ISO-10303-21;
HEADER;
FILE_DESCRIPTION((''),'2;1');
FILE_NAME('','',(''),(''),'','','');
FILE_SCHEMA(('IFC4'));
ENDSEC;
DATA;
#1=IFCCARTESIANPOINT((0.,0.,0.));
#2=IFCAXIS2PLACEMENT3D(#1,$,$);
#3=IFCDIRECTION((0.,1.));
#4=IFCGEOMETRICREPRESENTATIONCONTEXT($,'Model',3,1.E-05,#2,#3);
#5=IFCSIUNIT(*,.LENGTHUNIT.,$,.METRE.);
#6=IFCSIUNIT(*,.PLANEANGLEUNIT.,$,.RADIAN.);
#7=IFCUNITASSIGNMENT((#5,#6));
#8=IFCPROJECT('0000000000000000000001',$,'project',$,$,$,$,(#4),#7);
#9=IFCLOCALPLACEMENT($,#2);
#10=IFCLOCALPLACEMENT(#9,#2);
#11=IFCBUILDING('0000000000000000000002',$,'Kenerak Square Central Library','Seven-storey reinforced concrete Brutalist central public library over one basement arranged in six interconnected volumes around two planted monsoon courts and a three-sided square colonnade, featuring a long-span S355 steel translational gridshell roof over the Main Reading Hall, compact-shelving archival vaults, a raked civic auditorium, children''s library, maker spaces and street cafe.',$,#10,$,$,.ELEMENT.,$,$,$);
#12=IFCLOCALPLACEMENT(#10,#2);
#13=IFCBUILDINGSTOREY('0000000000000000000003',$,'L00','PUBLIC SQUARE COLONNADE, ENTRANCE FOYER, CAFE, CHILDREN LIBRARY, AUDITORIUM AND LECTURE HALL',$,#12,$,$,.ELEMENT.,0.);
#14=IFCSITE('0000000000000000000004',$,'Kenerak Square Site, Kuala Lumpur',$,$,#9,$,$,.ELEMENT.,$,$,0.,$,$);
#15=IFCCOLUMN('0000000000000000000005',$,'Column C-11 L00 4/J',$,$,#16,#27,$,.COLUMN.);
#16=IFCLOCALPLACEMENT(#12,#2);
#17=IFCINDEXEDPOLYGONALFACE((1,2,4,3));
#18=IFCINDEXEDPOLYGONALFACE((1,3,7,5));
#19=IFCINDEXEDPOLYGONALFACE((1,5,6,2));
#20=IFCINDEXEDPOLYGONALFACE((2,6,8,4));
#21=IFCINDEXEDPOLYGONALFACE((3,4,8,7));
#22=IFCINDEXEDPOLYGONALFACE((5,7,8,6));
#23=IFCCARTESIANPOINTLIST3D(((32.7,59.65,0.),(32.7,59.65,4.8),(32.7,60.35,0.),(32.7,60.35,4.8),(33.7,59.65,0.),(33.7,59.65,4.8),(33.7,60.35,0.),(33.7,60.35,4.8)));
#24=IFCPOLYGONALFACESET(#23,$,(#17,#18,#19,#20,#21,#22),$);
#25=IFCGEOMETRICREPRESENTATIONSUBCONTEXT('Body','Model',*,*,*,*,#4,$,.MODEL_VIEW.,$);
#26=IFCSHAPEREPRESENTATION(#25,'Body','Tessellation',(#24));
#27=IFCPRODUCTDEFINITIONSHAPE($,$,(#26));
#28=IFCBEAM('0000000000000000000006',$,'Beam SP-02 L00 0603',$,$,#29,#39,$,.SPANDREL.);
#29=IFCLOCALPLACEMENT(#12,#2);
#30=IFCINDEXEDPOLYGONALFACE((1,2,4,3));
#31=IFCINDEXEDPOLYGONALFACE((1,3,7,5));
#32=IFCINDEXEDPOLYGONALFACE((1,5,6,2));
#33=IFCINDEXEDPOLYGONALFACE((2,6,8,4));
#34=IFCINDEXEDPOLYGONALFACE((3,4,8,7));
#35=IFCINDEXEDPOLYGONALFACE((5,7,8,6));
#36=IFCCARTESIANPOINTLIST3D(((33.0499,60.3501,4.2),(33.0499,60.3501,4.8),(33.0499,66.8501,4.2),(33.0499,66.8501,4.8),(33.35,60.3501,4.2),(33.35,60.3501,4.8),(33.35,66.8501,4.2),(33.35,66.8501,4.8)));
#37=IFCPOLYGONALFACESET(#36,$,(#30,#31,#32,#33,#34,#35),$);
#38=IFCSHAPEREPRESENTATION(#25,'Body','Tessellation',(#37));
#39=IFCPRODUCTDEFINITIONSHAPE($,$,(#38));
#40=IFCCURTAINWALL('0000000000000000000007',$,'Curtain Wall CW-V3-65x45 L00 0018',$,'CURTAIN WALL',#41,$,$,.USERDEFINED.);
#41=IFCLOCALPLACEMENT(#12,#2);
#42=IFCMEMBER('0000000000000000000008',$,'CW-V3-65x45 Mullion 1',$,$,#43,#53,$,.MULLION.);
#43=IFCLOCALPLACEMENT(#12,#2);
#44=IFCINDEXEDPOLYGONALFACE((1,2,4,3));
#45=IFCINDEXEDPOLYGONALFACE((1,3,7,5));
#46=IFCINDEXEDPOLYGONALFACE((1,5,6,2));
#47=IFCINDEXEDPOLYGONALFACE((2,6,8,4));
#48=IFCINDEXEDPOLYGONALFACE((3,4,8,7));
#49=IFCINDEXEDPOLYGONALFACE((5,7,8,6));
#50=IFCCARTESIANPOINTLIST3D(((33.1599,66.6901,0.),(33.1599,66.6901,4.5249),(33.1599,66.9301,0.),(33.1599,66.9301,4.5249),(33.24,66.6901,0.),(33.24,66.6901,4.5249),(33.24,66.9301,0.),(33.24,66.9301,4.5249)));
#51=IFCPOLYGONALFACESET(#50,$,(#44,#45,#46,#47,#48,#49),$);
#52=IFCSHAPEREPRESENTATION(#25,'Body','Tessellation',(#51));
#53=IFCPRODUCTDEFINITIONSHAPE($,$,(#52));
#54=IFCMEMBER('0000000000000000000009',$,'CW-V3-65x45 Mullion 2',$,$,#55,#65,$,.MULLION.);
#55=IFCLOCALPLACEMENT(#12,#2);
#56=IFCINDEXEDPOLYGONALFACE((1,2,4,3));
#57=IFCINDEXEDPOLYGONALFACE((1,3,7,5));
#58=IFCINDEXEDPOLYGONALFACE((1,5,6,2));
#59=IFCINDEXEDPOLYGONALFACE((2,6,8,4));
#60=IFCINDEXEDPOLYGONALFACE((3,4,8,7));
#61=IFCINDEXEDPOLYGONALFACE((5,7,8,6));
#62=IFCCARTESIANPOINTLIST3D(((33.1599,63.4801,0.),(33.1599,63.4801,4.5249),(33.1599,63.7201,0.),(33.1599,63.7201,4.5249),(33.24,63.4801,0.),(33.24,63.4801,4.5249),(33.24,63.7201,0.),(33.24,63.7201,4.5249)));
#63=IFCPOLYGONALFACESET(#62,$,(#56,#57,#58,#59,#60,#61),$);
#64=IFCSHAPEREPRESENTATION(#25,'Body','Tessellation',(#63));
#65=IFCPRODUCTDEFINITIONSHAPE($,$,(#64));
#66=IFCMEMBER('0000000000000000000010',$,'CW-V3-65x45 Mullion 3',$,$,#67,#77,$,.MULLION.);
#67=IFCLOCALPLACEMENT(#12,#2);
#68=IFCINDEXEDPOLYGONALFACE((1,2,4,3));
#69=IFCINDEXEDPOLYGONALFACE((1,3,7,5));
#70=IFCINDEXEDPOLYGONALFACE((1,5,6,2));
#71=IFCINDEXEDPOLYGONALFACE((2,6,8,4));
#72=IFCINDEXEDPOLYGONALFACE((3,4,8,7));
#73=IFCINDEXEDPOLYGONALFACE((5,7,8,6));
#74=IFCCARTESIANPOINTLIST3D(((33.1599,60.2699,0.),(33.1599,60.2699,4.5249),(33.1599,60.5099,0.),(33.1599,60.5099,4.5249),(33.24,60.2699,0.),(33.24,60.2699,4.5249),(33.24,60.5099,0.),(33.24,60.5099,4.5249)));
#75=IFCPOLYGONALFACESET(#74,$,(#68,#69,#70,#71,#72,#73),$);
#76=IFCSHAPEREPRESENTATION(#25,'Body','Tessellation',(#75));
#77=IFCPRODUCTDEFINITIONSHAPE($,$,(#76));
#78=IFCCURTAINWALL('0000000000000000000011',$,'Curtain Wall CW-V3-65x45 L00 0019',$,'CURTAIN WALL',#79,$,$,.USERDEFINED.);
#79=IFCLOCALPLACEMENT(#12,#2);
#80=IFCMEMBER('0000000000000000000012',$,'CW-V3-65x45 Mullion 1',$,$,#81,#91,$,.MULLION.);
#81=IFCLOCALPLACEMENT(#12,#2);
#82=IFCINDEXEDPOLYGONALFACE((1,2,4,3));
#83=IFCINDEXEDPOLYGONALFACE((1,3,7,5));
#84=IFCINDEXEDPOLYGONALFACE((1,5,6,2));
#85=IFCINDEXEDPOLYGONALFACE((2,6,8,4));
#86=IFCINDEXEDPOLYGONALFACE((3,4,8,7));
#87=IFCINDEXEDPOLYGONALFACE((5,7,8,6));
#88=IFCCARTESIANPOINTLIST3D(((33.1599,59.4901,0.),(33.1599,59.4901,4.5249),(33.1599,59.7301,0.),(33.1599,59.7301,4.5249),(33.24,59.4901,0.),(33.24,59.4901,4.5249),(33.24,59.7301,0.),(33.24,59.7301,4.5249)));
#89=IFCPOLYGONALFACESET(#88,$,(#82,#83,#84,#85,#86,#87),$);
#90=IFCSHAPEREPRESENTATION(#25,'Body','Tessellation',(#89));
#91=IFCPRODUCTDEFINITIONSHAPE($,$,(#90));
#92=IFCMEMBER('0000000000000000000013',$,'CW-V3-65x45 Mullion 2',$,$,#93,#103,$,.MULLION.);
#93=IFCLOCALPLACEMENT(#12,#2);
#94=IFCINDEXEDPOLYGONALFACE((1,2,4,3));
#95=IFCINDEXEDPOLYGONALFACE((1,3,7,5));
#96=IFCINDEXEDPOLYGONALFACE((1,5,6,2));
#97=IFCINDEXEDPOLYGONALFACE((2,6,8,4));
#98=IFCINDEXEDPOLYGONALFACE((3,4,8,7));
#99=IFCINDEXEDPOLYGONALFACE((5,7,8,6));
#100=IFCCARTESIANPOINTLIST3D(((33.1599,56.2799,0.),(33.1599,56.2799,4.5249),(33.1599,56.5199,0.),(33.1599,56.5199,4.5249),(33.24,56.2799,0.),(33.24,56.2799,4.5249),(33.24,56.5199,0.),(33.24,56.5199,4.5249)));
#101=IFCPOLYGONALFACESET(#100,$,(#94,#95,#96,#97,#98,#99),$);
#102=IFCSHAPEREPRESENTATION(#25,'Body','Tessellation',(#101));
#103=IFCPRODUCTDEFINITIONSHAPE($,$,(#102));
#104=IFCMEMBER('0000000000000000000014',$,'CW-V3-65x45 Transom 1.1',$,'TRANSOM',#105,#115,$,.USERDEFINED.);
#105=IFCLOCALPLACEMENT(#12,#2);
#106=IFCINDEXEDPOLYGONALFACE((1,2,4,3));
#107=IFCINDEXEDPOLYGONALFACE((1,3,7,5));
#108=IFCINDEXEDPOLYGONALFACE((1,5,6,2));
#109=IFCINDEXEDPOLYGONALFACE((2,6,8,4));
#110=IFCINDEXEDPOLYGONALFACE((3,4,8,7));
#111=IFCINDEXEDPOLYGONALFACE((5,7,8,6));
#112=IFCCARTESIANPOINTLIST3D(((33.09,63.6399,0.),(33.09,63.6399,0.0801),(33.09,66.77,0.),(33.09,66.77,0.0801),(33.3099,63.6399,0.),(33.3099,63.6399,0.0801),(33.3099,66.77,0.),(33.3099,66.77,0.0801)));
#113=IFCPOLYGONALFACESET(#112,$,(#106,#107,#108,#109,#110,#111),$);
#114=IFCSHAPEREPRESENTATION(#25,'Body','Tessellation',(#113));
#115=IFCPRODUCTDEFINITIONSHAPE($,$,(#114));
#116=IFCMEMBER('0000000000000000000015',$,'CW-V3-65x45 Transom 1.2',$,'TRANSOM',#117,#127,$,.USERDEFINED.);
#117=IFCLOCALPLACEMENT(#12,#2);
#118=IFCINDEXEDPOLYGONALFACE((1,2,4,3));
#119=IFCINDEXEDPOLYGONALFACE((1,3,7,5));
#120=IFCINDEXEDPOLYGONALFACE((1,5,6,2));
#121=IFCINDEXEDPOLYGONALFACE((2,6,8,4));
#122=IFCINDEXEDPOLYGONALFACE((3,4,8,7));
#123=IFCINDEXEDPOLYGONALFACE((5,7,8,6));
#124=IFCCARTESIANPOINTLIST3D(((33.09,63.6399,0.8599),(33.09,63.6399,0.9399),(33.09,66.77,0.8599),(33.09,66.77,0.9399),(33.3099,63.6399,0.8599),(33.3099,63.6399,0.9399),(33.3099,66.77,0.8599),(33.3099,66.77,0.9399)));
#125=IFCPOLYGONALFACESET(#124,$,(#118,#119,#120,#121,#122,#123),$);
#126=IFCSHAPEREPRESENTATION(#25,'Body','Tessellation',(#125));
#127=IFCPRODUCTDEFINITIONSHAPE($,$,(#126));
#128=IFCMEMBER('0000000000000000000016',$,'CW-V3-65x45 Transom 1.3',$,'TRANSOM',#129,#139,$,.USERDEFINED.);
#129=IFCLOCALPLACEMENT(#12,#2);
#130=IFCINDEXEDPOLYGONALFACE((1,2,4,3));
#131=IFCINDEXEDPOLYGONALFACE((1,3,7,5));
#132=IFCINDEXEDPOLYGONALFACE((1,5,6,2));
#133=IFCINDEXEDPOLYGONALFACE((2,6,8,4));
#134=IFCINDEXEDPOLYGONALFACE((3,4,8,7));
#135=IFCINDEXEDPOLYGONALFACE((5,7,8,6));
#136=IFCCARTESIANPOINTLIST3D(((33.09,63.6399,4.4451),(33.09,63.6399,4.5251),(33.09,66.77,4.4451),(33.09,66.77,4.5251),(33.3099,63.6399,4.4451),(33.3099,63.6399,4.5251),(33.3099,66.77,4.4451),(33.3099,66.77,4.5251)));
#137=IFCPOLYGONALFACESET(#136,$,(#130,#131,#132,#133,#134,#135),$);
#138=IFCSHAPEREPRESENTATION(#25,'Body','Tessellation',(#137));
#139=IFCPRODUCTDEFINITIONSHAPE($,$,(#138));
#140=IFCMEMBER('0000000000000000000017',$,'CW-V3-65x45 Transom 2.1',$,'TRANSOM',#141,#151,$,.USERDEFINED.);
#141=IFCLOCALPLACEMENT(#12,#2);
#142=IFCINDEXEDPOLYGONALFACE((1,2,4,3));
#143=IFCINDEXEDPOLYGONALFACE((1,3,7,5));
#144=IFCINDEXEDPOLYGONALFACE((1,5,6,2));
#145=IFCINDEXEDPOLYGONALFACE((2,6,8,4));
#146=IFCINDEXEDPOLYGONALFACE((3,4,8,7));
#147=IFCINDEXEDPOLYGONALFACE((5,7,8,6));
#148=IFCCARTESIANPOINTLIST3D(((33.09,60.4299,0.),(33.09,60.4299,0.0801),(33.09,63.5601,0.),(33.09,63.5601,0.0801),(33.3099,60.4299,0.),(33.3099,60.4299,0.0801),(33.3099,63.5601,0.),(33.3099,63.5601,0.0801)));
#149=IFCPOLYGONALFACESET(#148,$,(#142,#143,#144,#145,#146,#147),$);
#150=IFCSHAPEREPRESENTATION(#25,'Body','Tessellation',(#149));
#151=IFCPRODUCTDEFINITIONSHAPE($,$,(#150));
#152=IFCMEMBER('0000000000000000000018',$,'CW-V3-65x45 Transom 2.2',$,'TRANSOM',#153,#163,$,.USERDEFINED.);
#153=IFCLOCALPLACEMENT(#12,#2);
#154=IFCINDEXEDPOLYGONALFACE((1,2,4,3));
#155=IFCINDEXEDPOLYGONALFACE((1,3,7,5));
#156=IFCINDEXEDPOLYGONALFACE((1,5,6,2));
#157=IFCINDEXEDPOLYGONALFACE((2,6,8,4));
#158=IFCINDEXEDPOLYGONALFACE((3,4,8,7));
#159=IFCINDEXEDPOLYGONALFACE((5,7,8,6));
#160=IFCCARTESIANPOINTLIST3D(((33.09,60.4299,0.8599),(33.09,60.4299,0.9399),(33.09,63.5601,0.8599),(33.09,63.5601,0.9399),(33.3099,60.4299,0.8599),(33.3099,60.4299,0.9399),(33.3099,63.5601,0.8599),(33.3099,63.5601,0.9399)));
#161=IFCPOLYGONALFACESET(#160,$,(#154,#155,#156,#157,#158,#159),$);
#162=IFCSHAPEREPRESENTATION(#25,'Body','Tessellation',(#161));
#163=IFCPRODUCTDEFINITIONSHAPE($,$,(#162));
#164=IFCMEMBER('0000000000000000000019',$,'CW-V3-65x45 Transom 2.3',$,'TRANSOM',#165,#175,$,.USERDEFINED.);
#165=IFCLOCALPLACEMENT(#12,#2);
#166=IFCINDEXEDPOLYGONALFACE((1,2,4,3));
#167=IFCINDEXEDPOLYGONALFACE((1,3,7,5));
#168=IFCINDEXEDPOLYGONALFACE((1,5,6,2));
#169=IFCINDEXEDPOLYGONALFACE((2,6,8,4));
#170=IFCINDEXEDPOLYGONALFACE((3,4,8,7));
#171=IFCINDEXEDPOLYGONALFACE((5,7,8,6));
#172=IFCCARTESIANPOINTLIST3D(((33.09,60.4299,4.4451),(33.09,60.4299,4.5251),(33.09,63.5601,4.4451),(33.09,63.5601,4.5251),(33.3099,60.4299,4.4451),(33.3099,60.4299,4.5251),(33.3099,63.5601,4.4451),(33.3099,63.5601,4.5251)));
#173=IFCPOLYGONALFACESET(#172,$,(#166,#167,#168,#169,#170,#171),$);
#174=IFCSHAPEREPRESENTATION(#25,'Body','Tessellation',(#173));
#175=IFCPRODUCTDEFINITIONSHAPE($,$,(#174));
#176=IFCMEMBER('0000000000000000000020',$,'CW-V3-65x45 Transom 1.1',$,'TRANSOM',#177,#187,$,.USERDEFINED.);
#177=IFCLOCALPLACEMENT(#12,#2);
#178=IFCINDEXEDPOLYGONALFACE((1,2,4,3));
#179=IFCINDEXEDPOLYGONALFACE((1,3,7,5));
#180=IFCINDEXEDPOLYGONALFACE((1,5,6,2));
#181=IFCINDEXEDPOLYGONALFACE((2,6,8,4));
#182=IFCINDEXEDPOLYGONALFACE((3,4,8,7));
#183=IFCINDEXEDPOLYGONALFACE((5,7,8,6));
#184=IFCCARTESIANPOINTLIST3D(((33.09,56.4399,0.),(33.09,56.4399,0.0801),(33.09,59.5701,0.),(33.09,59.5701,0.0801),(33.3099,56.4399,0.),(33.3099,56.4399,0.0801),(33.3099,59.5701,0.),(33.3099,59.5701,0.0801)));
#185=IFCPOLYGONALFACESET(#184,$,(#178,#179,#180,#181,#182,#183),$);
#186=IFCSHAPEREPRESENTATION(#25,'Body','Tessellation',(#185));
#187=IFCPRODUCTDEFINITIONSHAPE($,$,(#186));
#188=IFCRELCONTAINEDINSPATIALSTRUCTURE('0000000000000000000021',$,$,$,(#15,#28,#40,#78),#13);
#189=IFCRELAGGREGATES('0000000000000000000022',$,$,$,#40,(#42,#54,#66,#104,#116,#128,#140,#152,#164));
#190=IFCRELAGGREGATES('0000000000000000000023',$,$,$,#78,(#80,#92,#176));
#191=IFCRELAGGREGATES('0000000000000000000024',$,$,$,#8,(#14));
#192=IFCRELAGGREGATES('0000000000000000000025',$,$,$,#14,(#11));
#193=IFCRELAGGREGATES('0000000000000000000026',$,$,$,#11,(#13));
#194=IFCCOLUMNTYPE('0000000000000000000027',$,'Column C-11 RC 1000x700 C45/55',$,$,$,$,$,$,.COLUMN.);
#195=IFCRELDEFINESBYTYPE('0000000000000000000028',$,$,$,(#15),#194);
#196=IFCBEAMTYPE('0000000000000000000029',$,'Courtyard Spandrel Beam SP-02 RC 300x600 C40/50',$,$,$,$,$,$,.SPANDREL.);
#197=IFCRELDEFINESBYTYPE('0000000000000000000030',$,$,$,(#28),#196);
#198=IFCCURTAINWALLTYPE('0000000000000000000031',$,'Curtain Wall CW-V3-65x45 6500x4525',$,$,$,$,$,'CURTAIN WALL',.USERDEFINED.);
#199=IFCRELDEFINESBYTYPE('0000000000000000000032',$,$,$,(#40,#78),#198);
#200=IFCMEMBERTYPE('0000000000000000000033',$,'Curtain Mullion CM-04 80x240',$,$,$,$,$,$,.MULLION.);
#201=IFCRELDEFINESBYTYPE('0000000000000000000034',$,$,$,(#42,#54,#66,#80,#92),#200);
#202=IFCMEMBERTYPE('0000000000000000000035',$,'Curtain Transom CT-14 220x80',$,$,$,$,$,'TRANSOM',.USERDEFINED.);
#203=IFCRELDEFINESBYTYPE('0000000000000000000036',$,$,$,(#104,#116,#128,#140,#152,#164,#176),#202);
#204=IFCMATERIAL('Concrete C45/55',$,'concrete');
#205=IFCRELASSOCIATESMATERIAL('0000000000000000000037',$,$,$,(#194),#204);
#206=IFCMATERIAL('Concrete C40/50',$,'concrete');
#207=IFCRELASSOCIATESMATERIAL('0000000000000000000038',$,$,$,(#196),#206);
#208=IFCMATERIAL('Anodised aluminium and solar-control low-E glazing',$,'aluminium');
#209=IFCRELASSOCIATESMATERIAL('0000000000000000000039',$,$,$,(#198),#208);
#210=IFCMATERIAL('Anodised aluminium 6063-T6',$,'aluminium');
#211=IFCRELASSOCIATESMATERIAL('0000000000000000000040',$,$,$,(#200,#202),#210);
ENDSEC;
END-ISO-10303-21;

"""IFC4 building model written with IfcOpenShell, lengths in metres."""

from ifc_helpers import new_model, si_unit, direction, frame, origin, origin_2d, place, context, subcontext, project, spatial, rectangle, extrude, material, material_profile, profile_set, type_object, element, aggregate, save


model = new_model("IFC4")

# Units and contexts
model_context = context("Model", 3, precision=1e-05, world=origin(), true_north=direction((0.0, 1.0)))
body_context = subcontext(model_context, "Body", "Model", "MODEL_VIEW")
ifc_project = project(units=[si_unit("LENGTHUNIT", "METRE"), si_unit("PLANEANGLEUNIT", "RADIAN")], contexts=[model_context])

# Site, building, storey
site_placement = place(None, origin())
site = spatial("IfcSite", under=ifc_project, at=site_placement, Name="Kenerak Square Site, Kuala Lumpur", CompositionType="ELEMENT", RefElevation=0.0)
building_placement = place(site_placement, origin())
building = spatial("IfcBuilding", under=site, at=building_placement, Name="Kenerak Square Central Library", Description="Seven-storey reinforced concrete Brutalist central public library over one basement arranged in six interconnected volumes around two planted monsoon courts and a three-sided square colonnade, featuring a long-span S355 steel translational gridshell roof over the Main Reading Hall, compact-shelving archival vaults, a raked civic auditorium, children's library, maker spaces and street cafe.", CompositionType="ELEMENT")
storey_placement = place(building_placement, origin())
storey = spatial("IfcBuildingStorey", under=building, at=storey_placement, Name="L00", Description="PUBLIC SQUARE COLONNADE, ENTRANCE FOYER, CAFE, CHILDREN LIBRARY, AUDITORIUM AND LECTURE HALL", CompositionType="ELEMENT", Elevation=0.0)

# Column
ifc_material_1 = material(Name="Concrete C45/55", Category="concrete")
ifc_material_profile_1 = material_profile(ifc_material_1, rectangle(XDim=1.0, YDim=0.7, at=origin_2d()), Name="RC 1000x700")
ifc_profile_set_1 = profile_set([ifc_material_profile_1], Name="Concrete C45/55")
column_type = type_object("IfcColumnType", Name="Column C-11 RC 1000x700 C45/55", PredefinedType="COLUMN", material=ifc_profile_set_1)
column_placement = place(storey_placement, frame((33.2, 60.0, 0.0), z_axis=(0.0, 0.0, 1.0), x_axis=(1.0, 0.0, 0.0)))
element("IfcColumn", 1, at=column_placement, inside=storey, type_object=column_type, Name="Column C-11 L00 4/J", PredefinedType="COLUMN", context=body_context, shape_type="SweptSolid", body=[
    extrude(rectangle(XDim=1.0, YDim=0.7, at=origin_2d()), origin(), (0.0, 0.0, 1.0), 4.8),
])

# Beam
ifc_material_2 = material(Name="Concrete C40/50", Category="concrete")
ifc_material_profile_2 = material_profile(ifc_material_2, rectangle(XDim=0.3, YDim=0.6001, at=origin_2d()), Name="RC 300x600")
ifc_profile_set_2 = profile_set([ifc_material_profile_2], Name="Concrete C40/50")
beam_type = type_object("IfcBeamType", Name="Courtyard Spandrel Beam SP-02 RC 300x600 C40/50", PredefinedType="SPANDREL", material=ifc_profile_set_2)
beam_placement = place(storey_placement, frame((33.2, 60.3501, 4.5), z_axis=(0.0, 1.0, 0.0), x_axis=(-1.0, 0.0, 0.0)))
element("IfcBeam", 2, at=beam_placement, inside=storey, type_object=beam_type, Name="Beam SP-02 L00 0603", PredefinedType="SPANDREL", context=body_context, shape_type="SweptSolid", body=[
    extrude(rectangle(XDim=0.3, YDim=0.6001, at=origin_2d()), origin(), (0.0, 0.0, 1.0), 6.5),
])

# Curtain walls, members
ifc_material_3 = material(Name="Anodised aluminium and solar-control low-E glazing", Category="aluminium")
curtain_wall_type = type_object("IfcCurtainWallType", Name="Curtain Wall CW-V3-65x45 6500x4525", ElementType="CURTAIN WALL", PredefinedType="USERDEFINED", material=ifc_material_3)
curtain_wall_1_placement = place(storey_placement, origin())
curtain_wall_1 = element("IfcCurtainWall", 3, at=curtain_wall_1_placement, inside=storey, type_object=curtain_wall_type, Name="Curtain Wall CW-V3-65x45 L00 0018", ObjectType="CURTAIN WALL", PredefinedType="USERDEFINED")
ifc_material_4 = material(Name="Anodised aluminium 6063-T6", Category="aluminium")
ifc_material_profile_3 = material_profile(ifc_material_4, rectangle(XDim=0.0801, YDim=0.24, at=origin_2d()), Name="AL MULLION 80x240")
ifc_profile_set_3 = profile_set([ifc_material_profile_3], Name="Anodised aluminium 6063-T6")
member_type_1 = type_object("IfcMemberType", Name="Curtain Mullion CM-04 80x240", PredefinedType="MULLION", material=ifc_profile_set_3)
member_1_placement = place(storey_placement, frame((33.2, 66.8101, 0.0), z_axis=(0.0, 0.0, 1.0), x_axis=(1.0, 0.0, 0.0)))
member_1 = element("IfcMember", 4, at=member_1_placement, type_object=member_type_1, Name="CW-V3-65x45 Mullion 1", PredefinedType="MULLION", context=body_context, shape_type="SweptSolid", body=[
    extrude(rectangle(XDim=0.0801, YDim=0.24, at=origin_2d()), origin(), (0.0, 0.0, 1.0), 4.5249),
])
member_2_placement = place(storey_placement, frame((33.2, 63.6001, 0.0), z_axis=(0.0, 0.0, 1.0), x_axis=(1.0, 0.0, 0.0)))
member_2 = element("IfcMember", 5, at=member_2_placement, type_object=member_type_1, Name="CW-V3-65x45 Mullion 2", PredefinedType="MULLION", context=body_context, shape_type="SweptSolid", body=[
    extrude(rectangle(XDim=0.0801, YDim=0.24, at=origin_2d()), origin(), (0.0, 0.0, 1.0), 4.5249),
])
member_3_placement = place(storey_placement, frame((33.2, 60.3899, 0.0), z_axis=(0.0, 0.0, 1.0), x_axis=(1.0, 0.0, 0.0)))
member_3 = element("IfcMember", 6, at=member_3_placement, type_object=member_type_1, Name="CW-V3-65x45 Mullion 3", PredefinedType="MULLION", context=body_context, shape_type="SweptSolid", body=[
    extrude(rectangle(XDim=0.0801, YDim=0.24, at=origin_2d()), origin(), (0.0, 0.0, 1.0), 4.5249),
])
curtain_wall_2_placement = place(storey_placement, origin())
curtain_wall_2 = element("IfcCurtainWall", 7, at=curtain_wall_2_placement, inside=storey, type_object=curtain_wall_type, Name="Curtain Wall CW-V3-65x45 L00 0019", ObjectType="CURTAIN WALL", PredefinedType="USERDEFINED")
member_4_placement = place(storey_placement, frame((33.2, 59.6101, 0.0), z_axis=(0.0, 0.0, 1.0), x_axis=(1.0, 0.0, 0.0)))
member_4 = element("IfcMember", 8, at=member_4_placement, type_object=member_type_1, Name="CW-V3-65x45 Mullion 1", PredefinedType="MULLION", context=body_context, shape_type="SweptSolid", body=[
    extrude(rectangle(XDim=0.0801, YDim=0.24, at=origin_2d()), origin(), (0.0, 0.0, 1.0), 4.5249),
])
member_5_placement = place(storey_placement, frame((33.2, 56.3999, 0.0), z_axis=(0.0, 0.0, 1.0), x_axis=(1.0, 0.0, 0.0)))
member_5 = element("IfcMember", 9, at=member_5_placement, type_object=member_type_1, Name="CW-V3-65x45 Mullion 2", PredefinedType="MULLION", context=body_context, shape_type="SweptSolid", body=[
    extrude(rectangle(XDim=0.0801, YDim=0.24, at=origin_2d()), origin(), (0.0, 0.0, 1.0), 4.5249),
])

# Members
ifc_material_profile_4 = material_profile(ifc_material_4, rectangle(XDim=0.22, YDim=0.0801, at=origin_2d()), Name="AL TRANSOM 220x80")
ifc_profile_set_4 = profile_set([ifc_material_profile_4], Name="Anodised aluminium 6063-T6")
member_type_2 = type_object("IfcMemberType", Name="Curtain Transom CT-14 220x80", ElementType="TRANSOM", PredefinedType="USERDEFINED", material=ifc_profile_set_4)
member_6_placement = place(storey_placement, frame((33.2, 66.77, 0.04), z_axis=(0.0, -1.0, 0.0), x_axis=(1.0, 0.0, 0.0)))
member_6 = element("IfcMember", 10, at=member_6_placement, type_object=member_type_2, Name="CW-V3-65x45 Transom 1.1", ObjectType="TRANSOM", PredefinedType="USERDEFINED", context=body_context, shape_type="SweptSolid", body=[
    extrude(rectangle(XDim=0.22, YDim=0.0801, at=origin_2d()), origin(), (0.0, 0.0, 1.0), 3.1301),
])
member_7_placement = place(storey_placement, frame((33.2, 66.77, 0.8999), z_axis=(0.0, -1.0, 0.0), x_axis=(1.0, 0.0, 0.0)))
member_7 = element("IfcMember", 11, at=member_7_placement, type_object=member_type_2, Name="CW-V3-65x45 Transom 1.2", ObjectType="TRANSOM", PredefinedType="USERDEFINED", context=body_context, shape_type="SweptSolid", body=[
    extrude(rectangle(XDim=0.22, YDim=0.0801, at=origin_2d()), origin(), (0.0, 0.0, 1.0), 3.1301),
])
member_8_placement = place(storey_placement, frame((33.2, 66.77, 4.4851), z_axis=(0.0, -1.0, 0.0), x_axis=(1.0, 0.0, 0.0)))
member_8 = element("IfcMember", 12, at=member_8_placement, type_object=member_type_2, Name="CW-V3-65x45 Transom 1.3", ObjectType="TRANSOM", PredefinedType="USERDEFINED", context=body_context, shape_type="SweptSolid", body=[
    extrude(rectangle(XDim=0.22, YDim=0.0801, at=origin_2d()), origin(), (0.0, 0.0, 1.0), 3.1301),
])
member_9_placement = place(storey_placement, frame((33.2, 63.5601, 0.04), z_axis=(0.0, -1.0, 0.0), x_axis=(1.0, 0.0, 0.0)))
member_9 = element("IfcMember", 13, at=member_9_placement, type_object=member_type_2, Name="CW-V3-65x45 Transom 2.1", ObjectType="TRANSOM", PredefinedType="USERDEFINED", context=body_context, shape_type="SweptSolid", body=[
    extrude(rectangle(XDim=0.22, YDim=0.0801, at=origin_2d()), origin(), (0.0, 0.0, 1.0), 3.1301),
])
member_10_placement = place(storey_placement, frame((33.2, 63.5601, 0.8999), z_axis=(0.0, -1.0, 0.0), x_axis=(1.0, 0.0, 0.0)))
member_10 = element("IfcMember", 14, at=member_10_placement, type_object=member_type_2, Name="CW-V3-65x45 Transom 2.2", ObjectType="TRANSOM", PredefinedType="USERDEFINED", context=body_context, shape_type="SweptSolid", body=[
    extrude(rectangle(XDim=0.22, YDim=0.0801, at=origin_2d()), origin(), (0.0, 0.0, 1.0), 3.1301),
])
member_11_placement = place(storey_placement, frame((33.2, 63.5601, 4.4851), z_axis=(0.0, -1.0, 0.0), x_axis=(1.0, 0.0, 0.0)))
member_11 = element("IfcMember", 15, at=member_11_placement, type_object=member_type_2, Name="CW-V3-65x45 Transom 2.3", ObjectType="TRANSOM", PredefinedType="USERDEFINED", context=body_context, shape_type="SweptSolid", body=[
    extrude(rectangle(XDim=0.22, YDim=0.0801, at=origin_2d()), origin(), (0.0, 0.0, 1.0), 3.1301),
])
member_12_placement = place(storey_placement, frame((33.2, 59.5701, 0.04), z_axis=(0.0, -1.0, 0.0), x_axis=(1.0, 0.0, 0.0)))
member_12 = element("IfcMember", 16, at=member_12_placement, type_object=member_type_2, Name="CW-V3-65x45 Transom 1.1", ObjectType="TRANSOM", PredefinedType="USERDEFINED", context=body_context, shape_type="SweptSolid", body=[
    extrude(rectangle(XDim=0.22, YDim=0.0801, at=origin_2d()), origin(), (0.0, 0.0, 1.0), 3.1301),
])

aggregate(curtain_wall_1, [member_1, member_2, member_3, member_6, member_7, member_8, member_9, member_10, member_11])
aggregate(curtain_wall_2, [member_4, member_5, member_12])

save(model, "model.ifc")
